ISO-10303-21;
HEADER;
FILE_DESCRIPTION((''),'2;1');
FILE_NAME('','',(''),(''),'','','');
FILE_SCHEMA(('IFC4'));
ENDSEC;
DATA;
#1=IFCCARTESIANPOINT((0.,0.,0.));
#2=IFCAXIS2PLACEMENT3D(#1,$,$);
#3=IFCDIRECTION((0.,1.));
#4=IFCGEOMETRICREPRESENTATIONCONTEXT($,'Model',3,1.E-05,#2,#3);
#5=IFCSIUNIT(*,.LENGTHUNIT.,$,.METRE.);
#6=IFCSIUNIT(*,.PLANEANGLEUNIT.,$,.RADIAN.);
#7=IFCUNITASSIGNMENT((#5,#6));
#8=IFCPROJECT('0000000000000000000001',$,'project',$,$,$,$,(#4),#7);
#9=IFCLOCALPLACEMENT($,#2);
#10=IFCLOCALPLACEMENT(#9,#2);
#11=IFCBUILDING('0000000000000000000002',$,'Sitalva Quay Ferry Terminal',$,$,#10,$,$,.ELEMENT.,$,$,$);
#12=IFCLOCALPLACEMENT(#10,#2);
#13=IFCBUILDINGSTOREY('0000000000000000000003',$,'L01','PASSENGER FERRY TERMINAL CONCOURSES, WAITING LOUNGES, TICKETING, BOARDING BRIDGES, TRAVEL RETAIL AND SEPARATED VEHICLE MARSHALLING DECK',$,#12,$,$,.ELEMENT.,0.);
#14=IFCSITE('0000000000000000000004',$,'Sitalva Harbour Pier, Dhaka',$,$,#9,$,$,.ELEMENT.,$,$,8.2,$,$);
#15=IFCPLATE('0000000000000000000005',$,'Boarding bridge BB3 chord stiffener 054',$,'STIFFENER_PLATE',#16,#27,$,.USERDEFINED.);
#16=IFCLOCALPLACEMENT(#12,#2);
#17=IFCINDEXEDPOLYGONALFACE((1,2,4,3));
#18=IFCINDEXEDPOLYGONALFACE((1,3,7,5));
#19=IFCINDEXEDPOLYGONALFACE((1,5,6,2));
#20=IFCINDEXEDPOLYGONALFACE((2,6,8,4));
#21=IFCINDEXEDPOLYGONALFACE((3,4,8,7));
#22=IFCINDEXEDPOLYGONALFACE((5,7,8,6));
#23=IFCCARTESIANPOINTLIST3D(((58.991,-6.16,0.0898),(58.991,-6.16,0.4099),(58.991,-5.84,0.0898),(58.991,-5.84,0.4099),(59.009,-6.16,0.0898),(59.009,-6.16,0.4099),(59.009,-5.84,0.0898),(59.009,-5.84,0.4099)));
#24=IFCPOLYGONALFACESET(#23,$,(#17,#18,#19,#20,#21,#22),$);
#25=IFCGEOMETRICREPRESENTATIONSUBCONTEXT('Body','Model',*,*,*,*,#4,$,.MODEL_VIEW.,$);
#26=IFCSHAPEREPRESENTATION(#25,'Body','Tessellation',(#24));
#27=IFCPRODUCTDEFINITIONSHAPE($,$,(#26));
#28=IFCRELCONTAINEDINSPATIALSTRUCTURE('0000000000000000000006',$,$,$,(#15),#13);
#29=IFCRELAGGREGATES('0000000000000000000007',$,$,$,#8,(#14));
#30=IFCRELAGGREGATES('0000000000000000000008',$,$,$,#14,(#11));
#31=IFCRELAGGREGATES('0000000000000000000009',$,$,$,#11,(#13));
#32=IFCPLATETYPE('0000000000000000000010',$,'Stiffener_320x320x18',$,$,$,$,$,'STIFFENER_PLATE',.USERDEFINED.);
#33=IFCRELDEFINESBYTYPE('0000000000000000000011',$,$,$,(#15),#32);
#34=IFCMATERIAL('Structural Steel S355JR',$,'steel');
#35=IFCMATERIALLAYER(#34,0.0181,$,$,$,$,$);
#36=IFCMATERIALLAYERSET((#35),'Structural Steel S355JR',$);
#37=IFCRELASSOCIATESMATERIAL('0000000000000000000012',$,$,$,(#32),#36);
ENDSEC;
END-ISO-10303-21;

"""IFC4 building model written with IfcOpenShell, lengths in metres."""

from ifc_helpers import new_model, si_unit, direction, frame, origin, origin_2d, place, context, subcontext, project, spatial, rectangle, extrude, material, layer, layer_set, type_object, element, save


model = new_model("IFC4")

# Units and contexts
model_context = context("Model", 3, precision=1e-05, world=origin(), true_north=direction((0.0, 1.0)))
body_context = subcontext(model_context, "Body", "Model", "MODEL_VIEW")
ifc_project = project(units=[si_unit("LENGTHUNIT", "METRE"), si_unit("PLANEANGLEUNIT", "RADIAN")], contexts=[model_context])

# Site, building, storey
site_placement = place(None, origin())
site = spatial("IfcSite", under=ifc_project, at=site_placement, Name="Sitalva Harbour Pier, Dhaka", CompositionType="ELEMENT", RefElevation=8.2)
building_placement = place(site_placement, origin())
building = spatial("IfcBuilding", under=site, at=building_placement, Name="Sitalva Quay Ferry Terminal", CompositionType="ELEMENT")
storey_placement = place(building_placement, origin())
storey = spatial("IfcBuildingStorey", under=building, at=storey_placement, Name="L01", Description="PASSENGER FERRY TERMINAL CONCOURSES, WAITING LOUNGES, TICKETING, BOARDING BRIDGES, TRAVEL RETAIL AND SEPARATED VEHICLE MARSHALLING DECK", CompositionType="ELEMENT", Elevation=0.0)

# Plate
ifc_material_1 = material(Name="Structural Steel S355JR", Category="steel")
ifc_layer_1 = layer(ifc_material_1, 0.0181)
ifc_layer_set_1 = layer_set([ifc_layer_1], Name="Structural Steel S355JR")
plate_type_1 = type_object("IfcPlateType", Name="Stiffener_320x320x18", ElementType="STIFFENER_PLATE", PredefinedType="USERDEFINED", material=ifc_layer_set_1)
for number, where, z_axis, x_axis, name in (
    (1, (59.0, -6.0, 0.0898), (0.0, 0.0, 1.0), (1.0, 0.0, 0.0), "Boarding bridge BB3 chord stiffener 054"),
):
    element("IfcPlate", number, at=place(storey_placement, frame(where, z_axis=z_axis, x_axis=x_axis)), inside=storey, type_object=plate_type_1, Name=name, ObjectType="STIFFENER_PLATE", PredefinedType="USERDEFINED", context=body_context, shape_type="SweptSolid", body=[
        extrude(rectangle(XDim=0.0181, YDim=0.3201, at=origin_2d()), origin(), (0.0, 0.0, 1.0), 0.3201),
    ])

save(model, "model.ifc")
